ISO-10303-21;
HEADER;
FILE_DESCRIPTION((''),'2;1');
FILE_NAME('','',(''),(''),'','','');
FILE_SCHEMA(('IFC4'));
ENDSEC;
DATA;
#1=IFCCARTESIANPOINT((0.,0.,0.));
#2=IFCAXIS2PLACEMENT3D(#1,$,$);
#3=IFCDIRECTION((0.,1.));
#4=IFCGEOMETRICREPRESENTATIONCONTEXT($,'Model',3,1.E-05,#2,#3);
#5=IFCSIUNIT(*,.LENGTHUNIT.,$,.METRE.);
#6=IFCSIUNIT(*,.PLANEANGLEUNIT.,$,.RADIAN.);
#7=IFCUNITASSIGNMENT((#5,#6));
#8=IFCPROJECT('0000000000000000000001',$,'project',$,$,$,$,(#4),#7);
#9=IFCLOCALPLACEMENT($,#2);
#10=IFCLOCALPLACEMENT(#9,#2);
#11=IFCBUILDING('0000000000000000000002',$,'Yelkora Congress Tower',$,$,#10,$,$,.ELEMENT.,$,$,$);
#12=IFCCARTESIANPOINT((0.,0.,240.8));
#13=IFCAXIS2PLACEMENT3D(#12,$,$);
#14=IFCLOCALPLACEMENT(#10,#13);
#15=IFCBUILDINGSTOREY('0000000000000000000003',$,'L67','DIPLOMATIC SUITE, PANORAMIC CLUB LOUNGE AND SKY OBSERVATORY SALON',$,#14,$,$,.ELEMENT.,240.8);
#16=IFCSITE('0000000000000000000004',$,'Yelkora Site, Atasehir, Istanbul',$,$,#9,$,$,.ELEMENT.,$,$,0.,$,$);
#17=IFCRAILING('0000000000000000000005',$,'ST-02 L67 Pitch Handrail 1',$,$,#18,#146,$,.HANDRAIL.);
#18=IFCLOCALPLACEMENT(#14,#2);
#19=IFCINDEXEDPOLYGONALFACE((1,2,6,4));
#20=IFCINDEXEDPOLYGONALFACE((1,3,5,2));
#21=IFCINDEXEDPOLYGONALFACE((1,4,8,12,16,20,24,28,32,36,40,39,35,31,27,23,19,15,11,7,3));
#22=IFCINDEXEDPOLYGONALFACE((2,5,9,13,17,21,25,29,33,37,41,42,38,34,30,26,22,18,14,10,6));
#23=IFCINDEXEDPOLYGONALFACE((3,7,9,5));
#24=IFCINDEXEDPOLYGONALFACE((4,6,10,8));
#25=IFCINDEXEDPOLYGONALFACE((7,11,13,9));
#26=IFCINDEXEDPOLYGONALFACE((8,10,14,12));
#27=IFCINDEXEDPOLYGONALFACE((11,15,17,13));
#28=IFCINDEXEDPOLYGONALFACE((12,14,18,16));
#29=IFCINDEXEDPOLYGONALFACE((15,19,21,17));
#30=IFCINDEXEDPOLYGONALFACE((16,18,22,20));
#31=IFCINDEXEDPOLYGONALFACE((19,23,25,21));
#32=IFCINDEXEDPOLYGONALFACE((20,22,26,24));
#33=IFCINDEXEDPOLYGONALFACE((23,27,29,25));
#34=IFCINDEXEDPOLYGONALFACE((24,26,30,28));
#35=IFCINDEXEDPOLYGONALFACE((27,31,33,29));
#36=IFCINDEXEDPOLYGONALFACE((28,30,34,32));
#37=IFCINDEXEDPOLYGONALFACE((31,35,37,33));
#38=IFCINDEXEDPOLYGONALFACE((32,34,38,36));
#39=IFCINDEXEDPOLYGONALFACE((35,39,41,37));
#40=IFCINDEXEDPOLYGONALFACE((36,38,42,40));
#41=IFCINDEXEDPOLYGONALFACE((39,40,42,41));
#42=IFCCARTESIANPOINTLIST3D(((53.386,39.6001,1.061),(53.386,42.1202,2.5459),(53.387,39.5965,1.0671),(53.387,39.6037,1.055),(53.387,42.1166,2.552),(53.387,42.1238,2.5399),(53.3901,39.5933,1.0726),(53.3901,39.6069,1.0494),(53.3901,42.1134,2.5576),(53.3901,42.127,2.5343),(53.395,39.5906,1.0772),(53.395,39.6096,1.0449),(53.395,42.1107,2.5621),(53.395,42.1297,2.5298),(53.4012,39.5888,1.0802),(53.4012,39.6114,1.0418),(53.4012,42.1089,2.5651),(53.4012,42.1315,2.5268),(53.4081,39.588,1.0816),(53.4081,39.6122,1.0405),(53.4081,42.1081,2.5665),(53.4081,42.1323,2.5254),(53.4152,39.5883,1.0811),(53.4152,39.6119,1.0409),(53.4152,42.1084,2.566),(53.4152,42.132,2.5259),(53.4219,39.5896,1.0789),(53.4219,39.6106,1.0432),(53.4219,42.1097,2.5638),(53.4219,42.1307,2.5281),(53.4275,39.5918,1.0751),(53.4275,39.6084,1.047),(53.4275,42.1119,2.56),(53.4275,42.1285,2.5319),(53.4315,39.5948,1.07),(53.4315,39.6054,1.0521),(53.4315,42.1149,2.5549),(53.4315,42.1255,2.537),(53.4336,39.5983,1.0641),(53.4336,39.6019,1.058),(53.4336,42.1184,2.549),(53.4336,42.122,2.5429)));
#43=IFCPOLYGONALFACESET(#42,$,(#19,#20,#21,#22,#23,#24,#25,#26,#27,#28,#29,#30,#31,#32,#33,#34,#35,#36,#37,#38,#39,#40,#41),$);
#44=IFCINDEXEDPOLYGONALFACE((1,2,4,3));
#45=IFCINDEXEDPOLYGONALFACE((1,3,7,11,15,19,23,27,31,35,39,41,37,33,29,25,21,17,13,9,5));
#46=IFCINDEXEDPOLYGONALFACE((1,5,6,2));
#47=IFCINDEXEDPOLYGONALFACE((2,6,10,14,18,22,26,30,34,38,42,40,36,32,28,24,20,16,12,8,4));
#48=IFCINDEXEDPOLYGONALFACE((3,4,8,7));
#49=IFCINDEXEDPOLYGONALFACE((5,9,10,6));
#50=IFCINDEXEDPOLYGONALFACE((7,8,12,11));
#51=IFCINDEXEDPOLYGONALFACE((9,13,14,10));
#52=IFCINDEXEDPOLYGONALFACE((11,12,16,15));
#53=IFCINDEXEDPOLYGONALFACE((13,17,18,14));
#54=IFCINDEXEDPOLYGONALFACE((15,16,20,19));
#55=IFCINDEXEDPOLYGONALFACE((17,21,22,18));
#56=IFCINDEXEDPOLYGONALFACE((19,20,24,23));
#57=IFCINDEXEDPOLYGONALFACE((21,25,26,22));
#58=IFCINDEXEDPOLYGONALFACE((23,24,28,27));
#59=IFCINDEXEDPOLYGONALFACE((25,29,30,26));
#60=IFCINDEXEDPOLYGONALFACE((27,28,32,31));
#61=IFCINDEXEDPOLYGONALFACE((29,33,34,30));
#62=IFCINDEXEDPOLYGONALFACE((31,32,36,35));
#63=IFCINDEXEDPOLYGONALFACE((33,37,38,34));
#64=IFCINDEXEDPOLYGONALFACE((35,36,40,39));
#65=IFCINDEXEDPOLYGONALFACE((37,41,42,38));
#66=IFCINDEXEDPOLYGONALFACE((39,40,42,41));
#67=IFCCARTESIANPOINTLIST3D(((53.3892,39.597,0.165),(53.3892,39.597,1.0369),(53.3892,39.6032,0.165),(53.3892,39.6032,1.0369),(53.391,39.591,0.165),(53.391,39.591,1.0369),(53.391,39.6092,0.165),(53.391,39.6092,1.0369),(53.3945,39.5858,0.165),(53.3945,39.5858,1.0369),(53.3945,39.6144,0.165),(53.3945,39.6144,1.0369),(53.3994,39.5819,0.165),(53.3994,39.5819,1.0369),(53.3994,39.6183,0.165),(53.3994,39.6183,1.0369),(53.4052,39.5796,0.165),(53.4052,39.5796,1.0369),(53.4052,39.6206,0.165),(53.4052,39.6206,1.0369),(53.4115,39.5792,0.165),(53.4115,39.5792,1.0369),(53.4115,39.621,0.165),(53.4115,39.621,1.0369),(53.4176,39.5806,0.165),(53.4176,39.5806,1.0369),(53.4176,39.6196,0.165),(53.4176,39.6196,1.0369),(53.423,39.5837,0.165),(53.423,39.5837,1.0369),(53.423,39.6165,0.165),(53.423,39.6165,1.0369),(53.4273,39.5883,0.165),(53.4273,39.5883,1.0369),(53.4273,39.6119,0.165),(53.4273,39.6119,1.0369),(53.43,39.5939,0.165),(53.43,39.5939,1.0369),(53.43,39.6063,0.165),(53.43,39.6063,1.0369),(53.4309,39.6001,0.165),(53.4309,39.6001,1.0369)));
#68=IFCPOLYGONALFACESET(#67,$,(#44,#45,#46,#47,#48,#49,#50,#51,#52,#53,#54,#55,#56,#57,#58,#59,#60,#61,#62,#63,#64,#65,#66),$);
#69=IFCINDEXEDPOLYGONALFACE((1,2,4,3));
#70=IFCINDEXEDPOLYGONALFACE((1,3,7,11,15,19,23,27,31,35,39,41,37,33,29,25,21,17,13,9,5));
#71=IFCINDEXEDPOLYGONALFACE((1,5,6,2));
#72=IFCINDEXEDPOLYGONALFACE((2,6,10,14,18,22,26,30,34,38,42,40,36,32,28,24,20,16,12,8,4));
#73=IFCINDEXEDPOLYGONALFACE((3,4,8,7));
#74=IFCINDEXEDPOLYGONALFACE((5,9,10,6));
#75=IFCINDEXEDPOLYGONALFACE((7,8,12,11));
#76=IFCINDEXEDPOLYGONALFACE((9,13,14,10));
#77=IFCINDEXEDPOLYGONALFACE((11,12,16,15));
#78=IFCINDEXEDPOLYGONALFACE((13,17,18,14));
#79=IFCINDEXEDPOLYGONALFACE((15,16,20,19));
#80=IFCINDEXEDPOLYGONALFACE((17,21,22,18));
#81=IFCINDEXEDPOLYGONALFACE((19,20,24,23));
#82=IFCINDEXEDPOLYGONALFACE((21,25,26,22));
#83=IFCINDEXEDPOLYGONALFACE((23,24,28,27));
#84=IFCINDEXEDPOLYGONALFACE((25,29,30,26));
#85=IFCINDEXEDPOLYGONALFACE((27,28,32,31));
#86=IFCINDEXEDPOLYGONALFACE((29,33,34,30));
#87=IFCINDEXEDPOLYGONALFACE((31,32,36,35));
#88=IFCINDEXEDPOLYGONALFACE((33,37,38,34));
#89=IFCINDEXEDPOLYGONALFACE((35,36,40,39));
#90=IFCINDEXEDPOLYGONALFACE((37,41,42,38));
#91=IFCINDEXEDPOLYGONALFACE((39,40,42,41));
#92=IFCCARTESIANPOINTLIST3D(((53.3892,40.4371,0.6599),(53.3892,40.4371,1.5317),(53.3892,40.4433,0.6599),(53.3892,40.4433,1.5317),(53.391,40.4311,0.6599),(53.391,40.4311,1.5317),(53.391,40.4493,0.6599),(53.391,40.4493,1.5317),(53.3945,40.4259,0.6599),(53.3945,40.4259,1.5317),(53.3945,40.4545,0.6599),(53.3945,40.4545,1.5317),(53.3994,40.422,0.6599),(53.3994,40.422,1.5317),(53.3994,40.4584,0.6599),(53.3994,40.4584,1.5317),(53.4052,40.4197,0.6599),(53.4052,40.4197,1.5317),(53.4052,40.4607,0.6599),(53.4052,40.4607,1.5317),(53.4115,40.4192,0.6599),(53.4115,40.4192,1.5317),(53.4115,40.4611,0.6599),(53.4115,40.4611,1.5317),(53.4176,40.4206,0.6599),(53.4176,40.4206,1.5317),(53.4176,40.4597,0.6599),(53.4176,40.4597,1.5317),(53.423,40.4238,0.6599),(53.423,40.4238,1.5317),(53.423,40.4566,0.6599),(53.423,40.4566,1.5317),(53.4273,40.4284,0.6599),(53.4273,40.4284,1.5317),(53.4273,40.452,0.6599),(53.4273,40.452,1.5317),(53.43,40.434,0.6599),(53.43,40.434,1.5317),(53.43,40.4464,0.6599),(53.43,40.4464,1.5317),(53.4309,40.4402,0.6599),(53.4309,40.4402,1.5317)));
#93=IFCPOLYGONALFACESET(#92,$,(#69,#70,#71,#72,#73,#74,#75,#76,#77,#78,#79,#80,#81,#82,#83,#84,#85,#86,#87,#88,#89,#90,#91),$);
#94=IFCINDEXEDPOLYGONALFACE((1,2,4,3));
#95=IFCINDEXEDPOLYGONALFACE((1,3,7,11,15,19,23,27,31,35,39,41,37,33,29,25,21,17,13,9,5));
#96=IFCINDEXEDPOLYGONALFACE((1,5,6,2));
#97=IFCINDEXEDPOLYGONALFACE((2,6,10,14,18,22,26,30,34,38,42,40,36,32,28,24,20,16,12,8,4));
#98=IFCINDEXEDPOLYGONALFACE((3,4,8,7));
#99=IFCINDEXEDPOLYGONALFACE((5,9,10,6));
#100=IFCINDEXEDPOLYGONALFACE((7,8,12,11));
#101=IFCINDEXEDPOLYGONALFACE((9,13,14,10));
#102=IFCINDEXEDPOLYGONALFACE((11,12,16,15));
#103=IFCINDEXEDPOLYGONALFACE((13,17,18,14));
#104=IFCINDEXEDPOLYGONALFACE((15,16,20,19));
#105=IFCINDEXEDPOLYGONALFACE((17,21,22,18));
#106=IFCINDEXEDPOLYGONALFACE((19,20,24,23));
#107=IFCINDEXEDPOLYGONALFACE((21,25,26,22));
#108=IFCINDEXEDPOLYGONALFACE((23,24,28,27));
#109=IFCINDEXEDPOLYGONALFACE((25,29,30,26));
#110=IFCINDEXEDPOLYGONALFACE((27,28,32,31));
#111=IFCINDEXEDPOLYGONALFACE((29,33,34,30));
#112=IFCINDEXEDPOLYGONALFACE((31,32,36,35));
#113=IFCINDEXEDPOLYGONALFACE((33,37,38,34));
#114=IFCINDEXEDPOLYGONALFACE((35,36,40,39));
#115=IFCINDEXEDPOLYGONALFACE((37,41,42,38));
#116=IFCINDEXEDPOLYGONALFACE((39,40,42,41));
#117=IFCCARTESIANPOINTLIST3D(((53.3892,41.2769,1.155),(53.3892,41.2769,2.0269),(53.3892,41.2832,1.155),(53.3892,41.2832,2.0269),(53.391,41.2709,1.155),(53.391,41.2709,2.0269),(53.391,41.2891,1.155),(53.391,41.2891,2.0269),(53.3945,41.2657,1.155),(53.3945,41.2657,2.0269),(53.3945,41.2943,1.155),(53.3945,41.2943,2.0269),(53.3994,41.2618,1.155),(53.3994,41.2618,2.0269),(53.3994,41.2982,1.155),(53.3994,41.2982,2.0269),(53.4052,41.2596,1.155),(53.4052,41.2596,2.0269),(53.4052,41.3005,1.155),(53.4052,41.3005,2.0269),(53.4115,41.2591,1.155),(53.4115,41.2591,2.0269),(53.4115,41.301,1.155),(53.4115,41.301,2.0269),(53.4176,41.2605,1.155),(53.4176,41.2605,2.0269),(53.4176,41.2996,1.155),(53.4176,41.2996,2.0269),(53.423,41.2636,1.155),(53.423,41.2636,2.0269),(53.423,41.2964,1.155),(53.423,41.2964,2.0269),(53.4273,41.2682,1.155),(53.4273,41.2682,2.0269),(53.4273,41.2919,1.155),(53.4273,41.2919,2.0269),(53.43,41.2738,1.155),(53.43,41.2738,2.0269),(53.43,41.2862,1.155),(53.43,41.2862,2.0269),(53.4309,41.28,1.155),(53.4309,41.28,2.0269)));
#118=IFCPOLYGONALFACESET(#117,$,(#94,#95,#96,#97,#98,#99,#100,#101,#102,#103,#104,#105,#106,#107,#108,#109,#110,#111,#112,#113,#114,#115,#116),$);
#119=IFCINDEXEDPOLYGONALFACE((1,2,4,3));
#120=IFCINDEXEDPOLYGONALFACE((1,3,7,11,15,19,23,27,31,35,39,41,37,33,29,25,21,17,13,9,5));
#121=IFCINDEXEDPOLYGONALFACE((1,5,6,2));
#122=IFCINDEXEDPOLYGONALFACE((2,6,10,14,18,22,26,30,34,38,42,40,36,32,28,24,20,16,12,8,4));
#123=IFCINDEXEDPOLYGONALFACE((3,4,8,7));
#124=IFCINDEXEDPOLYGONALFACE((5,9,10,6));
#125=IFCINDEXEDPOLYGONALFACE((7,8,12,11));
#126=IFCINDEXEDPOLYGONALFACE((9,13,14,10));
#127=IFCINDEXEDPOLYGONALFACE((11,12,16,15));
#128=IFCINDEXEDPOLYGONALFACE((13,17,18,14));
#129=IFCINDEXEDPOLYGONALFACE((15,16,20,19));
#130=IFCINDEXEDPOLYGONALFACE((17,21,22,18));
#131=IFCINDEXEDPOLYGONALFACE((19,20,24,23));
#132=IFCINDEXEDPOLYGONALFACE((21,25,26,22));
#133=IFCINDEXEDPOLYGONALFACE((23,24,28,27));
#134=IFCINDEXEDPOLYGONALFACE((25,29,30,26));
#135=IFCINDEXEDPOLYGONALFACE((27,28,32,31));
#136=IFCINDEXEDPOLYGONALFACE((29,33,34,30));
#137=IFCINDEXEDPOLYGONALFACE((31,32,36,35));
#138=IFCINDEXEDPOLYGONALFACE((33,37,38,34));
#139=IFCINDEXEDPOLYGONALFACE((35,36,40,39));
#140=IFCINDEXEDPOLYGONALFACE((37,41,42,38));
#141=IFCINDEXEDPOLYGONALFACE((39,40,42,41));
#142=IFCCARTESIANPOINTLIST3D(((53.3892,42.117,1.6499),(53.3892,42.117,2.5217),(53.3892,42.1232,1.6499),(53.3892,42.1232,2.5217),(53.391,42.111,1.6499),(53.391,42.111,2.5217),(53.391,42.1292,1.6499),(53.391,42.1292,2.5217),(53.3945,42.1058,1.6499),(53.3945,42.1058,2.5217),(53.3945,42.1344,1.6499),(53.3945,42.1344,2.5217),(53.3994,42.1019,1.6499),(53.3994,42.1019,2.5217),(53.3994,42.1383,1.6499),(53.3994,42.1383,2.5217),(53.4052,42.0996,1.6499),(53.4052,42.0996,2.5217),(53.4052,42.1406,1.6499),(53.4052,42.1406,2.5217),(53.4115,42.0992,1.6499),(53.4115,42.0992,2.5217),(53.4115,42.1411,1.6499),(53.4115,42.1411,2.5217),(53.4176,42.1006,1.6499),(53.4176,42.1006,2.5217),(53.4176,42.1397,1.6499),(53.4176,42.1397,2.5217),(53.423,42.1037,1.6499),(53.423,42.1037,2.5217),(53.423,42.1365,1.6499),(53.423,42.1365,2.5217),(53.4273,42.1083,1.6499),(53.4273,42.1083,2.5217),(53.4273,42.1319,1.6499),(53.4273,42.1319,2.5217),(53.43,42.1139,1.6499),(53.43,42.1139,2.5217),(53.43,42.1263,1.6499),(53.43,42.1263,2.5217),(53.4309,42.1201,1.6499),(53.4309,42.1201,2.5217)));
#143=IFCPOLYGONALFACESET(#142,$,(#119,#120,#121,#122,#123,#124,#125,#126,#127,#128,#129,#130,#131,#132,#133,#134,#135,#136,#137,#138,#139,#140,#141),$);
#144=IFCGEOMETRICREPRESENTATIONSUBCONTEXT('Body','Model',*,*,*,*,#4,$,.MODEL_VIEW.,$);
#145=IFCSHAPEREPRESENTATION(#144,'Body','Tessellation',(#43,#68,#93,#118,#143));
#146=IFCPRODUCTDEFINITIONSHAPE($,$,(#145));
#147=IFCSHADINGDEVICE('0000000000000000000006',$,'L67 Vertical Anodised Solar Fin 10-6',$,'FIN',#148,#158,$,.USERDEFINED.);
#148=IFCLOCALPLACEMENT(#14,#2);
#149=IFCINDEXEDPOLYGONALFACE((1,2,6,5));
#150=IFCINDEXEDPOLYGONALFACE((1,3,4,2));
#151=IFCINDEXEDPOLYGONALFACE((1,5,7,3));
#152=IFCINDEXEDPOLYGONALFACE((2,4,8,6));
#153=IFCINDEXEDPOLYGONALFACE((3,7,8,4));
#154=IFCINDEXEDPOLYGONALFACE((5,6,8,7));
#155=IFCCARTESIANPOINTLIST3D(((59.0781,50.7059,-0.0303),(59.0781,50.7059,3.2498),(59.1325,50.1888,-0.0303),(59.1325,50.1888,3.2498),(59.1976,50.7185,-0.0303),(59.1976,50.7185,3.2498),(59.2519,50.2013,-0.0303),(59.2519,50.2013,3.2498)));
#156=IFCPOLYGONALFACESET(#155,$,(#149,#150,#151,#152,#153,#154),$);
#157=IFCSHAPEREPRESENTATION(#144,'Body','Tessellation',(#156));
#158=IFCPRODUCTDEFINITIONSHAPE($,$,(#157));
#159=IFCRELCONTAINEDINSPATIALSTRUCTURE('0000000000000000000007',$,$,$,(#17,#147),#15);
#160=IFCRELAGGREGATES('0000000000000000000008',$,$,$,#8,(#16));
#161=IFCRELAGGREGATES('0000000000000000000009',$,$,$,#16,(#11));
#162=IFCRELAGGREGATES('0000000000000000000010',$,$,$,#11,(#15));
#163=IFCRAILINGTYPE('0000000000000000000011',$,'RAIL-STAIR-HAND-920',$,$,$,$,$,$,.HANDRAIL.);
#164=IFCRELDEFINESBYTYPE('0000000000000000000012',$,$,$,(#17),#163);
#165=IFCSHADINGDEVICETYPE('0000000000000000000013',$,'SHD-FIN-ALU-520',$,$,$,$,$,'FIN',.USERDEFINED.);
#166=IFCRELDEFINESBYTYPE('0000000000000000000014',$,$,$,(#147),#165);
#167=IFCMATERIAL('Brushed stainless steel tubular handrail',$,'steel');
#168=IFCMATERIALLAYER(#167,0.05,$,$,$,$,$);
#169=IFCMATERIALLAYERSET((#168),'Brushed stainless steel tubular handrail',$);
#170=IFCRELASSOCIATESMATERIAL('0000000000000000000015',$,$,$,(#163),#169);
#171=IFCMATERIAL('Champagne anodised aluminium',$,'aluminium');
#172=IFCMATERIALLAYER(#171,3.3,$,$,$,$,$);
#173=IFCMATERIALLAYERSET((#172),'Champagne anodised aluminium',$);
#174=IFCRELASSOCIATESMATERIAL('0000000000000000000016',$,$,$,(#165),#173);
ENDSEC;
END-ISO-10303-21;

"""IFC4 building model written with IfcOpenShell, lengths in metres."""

from ifc_helpers import new_model, si_unit, direction, frame, origin, origin_2d, place, context, subcontext, project, spatial, rectangle, circle, extrude, material, layer, layer_set, type_object, element, save


model = new_model("IFC4")

# Units and contexts
model_context = context("Model", 3, precision=1e-05, world=origin(), true_north=direction((0.0, 1.0)))
body_context = subcontext(model_context, "Body", "Model", "MODEL_VIEW")
ifc_project = project(units=[si_unit("LENGTHUNIT", "METRE"), si_unit("PLANEANGLEUNIT", "RADIAN")], contexts=[model_context])

# Site, building, storey
site_placement = place(None, origin())
site = spatial("IfcSite", under=ifc_project, at=site_placement, Name="Yelkora Site, Atasehir, Istanbul", CompositionType="ELEMENT", RefElevation=0.0)
building_placement = place(site_placement, origin())
building = spatial("IfcBuilding", under=site, at=building_placement, Name="Yelkora Congress Tower", CompositionType="ELEMENT")
storey_placement = place(building_placement, frame((0.0, 0.0, 240.8)))
storey = spatial("IfcBuildingStorey", under=building, at=storey_placement, Name="L67", Description="DIPLOMATIC SUITE, PANORAMIC CLUB LOUNGE AND SKY OBSERVATORY SALON", CompositionType="ELEMENT", Elevation=240.8)

# Railing
ifc_material_1 = material(Name="Brushed stainless steel tubular handrail", Category="steel")
ifc_layer_1 = layer(ifc_material_1, 0.05)
ifc_layer_set_1 = layer_set([ifc_layer_1], Name="Brushed stainless steel tubular handrail")
railing_type_1 = type_object("IfcRailingType", Name="RAIL-STAIR-HAND-920", PredefinedType="HANDRAIL", material=ifc_layer_set_1)
railing_1_placement = place(storey_placement, frame((53.4099, 39.6001, 0.165)))
element("IfcRailing", 1, at=railing_1_placement, inside=storey, type_object=railing_type_1, Name="ST-02 L67 Pitch Handrail 1", PredefinedType="HANDRAIL", context=body_context, shape_type="SweptSolid", body=[
    extrude(circle(Radius=0.0239, at=origin_2d()), frame((0.0, 0.0, 0.896), z_axis=(0.0, 0.861561, 0.507655), x_axis=(-1.0, 0.0, 0.0)), (0.0, 0.0, 1.0), 2.925),
    extrude(circle(Radius=0.021, at=origin_2d()), origin(), (0.0, 0.0, 1.0), 0.8718),
    extrude(circle(Radius=0.021, at=origin_2d()), frame((0.0, 0.8401, 0.4949)), (0.0, 0.0, 1.0), 0.8718),
    extrude(circle(Radius=0.021, at=origin_2d()), frame((0.0, 1.6799, 0.99)), (0.0, 0.0, 1.0), 0.8718),
    extrude(circle(Radius=0.021, at=origin_2d()), frame((0.0, 2.52, 1.4849)), (0.0, 0.0, 1.0), 0.8718),
])

# Shading device
ifc_material_2 = material(Name="Champagne anodised aluminium", Category="aluminium")
ifc_layer_2 = layer(ifc_material_2, 3.3)
ifc_layer_set_2 = layer_set([ifc_layer_2], Name="Champagne anodised aluminium")
shading_device_type = type_object("IfcShadingDeviceType", Name="SHD-FIN-ALU-520", ElementType="FIN", PredefinedType="USERDEFINED", material=ifc_layer_set_2)
shading_device_placement = place(storey_placement, frame((59.165, 50.4536, -0.0303), z_axis=(0.0, 0.0, 1.0), x_axis=(0.994522, 0.104528, 0.0)))
element("IfcShadingDevice", 2, at=shading_device_placement, inside=storey, type_object=shading_device_type, Name="L67 Vertical Anodised Solar Fin 10-6", ObjectType="FIN", PredefinedType="USERDEFINED", context=body_context, shape_type="SweptSolid", body=[
    extrude(rectangle(XDim=0.1201, YDim=0.52, at=origin_2d()), origin(), (0.0, 0.0, 1.0), 3.28),
])

save(model, "model.ifc")
